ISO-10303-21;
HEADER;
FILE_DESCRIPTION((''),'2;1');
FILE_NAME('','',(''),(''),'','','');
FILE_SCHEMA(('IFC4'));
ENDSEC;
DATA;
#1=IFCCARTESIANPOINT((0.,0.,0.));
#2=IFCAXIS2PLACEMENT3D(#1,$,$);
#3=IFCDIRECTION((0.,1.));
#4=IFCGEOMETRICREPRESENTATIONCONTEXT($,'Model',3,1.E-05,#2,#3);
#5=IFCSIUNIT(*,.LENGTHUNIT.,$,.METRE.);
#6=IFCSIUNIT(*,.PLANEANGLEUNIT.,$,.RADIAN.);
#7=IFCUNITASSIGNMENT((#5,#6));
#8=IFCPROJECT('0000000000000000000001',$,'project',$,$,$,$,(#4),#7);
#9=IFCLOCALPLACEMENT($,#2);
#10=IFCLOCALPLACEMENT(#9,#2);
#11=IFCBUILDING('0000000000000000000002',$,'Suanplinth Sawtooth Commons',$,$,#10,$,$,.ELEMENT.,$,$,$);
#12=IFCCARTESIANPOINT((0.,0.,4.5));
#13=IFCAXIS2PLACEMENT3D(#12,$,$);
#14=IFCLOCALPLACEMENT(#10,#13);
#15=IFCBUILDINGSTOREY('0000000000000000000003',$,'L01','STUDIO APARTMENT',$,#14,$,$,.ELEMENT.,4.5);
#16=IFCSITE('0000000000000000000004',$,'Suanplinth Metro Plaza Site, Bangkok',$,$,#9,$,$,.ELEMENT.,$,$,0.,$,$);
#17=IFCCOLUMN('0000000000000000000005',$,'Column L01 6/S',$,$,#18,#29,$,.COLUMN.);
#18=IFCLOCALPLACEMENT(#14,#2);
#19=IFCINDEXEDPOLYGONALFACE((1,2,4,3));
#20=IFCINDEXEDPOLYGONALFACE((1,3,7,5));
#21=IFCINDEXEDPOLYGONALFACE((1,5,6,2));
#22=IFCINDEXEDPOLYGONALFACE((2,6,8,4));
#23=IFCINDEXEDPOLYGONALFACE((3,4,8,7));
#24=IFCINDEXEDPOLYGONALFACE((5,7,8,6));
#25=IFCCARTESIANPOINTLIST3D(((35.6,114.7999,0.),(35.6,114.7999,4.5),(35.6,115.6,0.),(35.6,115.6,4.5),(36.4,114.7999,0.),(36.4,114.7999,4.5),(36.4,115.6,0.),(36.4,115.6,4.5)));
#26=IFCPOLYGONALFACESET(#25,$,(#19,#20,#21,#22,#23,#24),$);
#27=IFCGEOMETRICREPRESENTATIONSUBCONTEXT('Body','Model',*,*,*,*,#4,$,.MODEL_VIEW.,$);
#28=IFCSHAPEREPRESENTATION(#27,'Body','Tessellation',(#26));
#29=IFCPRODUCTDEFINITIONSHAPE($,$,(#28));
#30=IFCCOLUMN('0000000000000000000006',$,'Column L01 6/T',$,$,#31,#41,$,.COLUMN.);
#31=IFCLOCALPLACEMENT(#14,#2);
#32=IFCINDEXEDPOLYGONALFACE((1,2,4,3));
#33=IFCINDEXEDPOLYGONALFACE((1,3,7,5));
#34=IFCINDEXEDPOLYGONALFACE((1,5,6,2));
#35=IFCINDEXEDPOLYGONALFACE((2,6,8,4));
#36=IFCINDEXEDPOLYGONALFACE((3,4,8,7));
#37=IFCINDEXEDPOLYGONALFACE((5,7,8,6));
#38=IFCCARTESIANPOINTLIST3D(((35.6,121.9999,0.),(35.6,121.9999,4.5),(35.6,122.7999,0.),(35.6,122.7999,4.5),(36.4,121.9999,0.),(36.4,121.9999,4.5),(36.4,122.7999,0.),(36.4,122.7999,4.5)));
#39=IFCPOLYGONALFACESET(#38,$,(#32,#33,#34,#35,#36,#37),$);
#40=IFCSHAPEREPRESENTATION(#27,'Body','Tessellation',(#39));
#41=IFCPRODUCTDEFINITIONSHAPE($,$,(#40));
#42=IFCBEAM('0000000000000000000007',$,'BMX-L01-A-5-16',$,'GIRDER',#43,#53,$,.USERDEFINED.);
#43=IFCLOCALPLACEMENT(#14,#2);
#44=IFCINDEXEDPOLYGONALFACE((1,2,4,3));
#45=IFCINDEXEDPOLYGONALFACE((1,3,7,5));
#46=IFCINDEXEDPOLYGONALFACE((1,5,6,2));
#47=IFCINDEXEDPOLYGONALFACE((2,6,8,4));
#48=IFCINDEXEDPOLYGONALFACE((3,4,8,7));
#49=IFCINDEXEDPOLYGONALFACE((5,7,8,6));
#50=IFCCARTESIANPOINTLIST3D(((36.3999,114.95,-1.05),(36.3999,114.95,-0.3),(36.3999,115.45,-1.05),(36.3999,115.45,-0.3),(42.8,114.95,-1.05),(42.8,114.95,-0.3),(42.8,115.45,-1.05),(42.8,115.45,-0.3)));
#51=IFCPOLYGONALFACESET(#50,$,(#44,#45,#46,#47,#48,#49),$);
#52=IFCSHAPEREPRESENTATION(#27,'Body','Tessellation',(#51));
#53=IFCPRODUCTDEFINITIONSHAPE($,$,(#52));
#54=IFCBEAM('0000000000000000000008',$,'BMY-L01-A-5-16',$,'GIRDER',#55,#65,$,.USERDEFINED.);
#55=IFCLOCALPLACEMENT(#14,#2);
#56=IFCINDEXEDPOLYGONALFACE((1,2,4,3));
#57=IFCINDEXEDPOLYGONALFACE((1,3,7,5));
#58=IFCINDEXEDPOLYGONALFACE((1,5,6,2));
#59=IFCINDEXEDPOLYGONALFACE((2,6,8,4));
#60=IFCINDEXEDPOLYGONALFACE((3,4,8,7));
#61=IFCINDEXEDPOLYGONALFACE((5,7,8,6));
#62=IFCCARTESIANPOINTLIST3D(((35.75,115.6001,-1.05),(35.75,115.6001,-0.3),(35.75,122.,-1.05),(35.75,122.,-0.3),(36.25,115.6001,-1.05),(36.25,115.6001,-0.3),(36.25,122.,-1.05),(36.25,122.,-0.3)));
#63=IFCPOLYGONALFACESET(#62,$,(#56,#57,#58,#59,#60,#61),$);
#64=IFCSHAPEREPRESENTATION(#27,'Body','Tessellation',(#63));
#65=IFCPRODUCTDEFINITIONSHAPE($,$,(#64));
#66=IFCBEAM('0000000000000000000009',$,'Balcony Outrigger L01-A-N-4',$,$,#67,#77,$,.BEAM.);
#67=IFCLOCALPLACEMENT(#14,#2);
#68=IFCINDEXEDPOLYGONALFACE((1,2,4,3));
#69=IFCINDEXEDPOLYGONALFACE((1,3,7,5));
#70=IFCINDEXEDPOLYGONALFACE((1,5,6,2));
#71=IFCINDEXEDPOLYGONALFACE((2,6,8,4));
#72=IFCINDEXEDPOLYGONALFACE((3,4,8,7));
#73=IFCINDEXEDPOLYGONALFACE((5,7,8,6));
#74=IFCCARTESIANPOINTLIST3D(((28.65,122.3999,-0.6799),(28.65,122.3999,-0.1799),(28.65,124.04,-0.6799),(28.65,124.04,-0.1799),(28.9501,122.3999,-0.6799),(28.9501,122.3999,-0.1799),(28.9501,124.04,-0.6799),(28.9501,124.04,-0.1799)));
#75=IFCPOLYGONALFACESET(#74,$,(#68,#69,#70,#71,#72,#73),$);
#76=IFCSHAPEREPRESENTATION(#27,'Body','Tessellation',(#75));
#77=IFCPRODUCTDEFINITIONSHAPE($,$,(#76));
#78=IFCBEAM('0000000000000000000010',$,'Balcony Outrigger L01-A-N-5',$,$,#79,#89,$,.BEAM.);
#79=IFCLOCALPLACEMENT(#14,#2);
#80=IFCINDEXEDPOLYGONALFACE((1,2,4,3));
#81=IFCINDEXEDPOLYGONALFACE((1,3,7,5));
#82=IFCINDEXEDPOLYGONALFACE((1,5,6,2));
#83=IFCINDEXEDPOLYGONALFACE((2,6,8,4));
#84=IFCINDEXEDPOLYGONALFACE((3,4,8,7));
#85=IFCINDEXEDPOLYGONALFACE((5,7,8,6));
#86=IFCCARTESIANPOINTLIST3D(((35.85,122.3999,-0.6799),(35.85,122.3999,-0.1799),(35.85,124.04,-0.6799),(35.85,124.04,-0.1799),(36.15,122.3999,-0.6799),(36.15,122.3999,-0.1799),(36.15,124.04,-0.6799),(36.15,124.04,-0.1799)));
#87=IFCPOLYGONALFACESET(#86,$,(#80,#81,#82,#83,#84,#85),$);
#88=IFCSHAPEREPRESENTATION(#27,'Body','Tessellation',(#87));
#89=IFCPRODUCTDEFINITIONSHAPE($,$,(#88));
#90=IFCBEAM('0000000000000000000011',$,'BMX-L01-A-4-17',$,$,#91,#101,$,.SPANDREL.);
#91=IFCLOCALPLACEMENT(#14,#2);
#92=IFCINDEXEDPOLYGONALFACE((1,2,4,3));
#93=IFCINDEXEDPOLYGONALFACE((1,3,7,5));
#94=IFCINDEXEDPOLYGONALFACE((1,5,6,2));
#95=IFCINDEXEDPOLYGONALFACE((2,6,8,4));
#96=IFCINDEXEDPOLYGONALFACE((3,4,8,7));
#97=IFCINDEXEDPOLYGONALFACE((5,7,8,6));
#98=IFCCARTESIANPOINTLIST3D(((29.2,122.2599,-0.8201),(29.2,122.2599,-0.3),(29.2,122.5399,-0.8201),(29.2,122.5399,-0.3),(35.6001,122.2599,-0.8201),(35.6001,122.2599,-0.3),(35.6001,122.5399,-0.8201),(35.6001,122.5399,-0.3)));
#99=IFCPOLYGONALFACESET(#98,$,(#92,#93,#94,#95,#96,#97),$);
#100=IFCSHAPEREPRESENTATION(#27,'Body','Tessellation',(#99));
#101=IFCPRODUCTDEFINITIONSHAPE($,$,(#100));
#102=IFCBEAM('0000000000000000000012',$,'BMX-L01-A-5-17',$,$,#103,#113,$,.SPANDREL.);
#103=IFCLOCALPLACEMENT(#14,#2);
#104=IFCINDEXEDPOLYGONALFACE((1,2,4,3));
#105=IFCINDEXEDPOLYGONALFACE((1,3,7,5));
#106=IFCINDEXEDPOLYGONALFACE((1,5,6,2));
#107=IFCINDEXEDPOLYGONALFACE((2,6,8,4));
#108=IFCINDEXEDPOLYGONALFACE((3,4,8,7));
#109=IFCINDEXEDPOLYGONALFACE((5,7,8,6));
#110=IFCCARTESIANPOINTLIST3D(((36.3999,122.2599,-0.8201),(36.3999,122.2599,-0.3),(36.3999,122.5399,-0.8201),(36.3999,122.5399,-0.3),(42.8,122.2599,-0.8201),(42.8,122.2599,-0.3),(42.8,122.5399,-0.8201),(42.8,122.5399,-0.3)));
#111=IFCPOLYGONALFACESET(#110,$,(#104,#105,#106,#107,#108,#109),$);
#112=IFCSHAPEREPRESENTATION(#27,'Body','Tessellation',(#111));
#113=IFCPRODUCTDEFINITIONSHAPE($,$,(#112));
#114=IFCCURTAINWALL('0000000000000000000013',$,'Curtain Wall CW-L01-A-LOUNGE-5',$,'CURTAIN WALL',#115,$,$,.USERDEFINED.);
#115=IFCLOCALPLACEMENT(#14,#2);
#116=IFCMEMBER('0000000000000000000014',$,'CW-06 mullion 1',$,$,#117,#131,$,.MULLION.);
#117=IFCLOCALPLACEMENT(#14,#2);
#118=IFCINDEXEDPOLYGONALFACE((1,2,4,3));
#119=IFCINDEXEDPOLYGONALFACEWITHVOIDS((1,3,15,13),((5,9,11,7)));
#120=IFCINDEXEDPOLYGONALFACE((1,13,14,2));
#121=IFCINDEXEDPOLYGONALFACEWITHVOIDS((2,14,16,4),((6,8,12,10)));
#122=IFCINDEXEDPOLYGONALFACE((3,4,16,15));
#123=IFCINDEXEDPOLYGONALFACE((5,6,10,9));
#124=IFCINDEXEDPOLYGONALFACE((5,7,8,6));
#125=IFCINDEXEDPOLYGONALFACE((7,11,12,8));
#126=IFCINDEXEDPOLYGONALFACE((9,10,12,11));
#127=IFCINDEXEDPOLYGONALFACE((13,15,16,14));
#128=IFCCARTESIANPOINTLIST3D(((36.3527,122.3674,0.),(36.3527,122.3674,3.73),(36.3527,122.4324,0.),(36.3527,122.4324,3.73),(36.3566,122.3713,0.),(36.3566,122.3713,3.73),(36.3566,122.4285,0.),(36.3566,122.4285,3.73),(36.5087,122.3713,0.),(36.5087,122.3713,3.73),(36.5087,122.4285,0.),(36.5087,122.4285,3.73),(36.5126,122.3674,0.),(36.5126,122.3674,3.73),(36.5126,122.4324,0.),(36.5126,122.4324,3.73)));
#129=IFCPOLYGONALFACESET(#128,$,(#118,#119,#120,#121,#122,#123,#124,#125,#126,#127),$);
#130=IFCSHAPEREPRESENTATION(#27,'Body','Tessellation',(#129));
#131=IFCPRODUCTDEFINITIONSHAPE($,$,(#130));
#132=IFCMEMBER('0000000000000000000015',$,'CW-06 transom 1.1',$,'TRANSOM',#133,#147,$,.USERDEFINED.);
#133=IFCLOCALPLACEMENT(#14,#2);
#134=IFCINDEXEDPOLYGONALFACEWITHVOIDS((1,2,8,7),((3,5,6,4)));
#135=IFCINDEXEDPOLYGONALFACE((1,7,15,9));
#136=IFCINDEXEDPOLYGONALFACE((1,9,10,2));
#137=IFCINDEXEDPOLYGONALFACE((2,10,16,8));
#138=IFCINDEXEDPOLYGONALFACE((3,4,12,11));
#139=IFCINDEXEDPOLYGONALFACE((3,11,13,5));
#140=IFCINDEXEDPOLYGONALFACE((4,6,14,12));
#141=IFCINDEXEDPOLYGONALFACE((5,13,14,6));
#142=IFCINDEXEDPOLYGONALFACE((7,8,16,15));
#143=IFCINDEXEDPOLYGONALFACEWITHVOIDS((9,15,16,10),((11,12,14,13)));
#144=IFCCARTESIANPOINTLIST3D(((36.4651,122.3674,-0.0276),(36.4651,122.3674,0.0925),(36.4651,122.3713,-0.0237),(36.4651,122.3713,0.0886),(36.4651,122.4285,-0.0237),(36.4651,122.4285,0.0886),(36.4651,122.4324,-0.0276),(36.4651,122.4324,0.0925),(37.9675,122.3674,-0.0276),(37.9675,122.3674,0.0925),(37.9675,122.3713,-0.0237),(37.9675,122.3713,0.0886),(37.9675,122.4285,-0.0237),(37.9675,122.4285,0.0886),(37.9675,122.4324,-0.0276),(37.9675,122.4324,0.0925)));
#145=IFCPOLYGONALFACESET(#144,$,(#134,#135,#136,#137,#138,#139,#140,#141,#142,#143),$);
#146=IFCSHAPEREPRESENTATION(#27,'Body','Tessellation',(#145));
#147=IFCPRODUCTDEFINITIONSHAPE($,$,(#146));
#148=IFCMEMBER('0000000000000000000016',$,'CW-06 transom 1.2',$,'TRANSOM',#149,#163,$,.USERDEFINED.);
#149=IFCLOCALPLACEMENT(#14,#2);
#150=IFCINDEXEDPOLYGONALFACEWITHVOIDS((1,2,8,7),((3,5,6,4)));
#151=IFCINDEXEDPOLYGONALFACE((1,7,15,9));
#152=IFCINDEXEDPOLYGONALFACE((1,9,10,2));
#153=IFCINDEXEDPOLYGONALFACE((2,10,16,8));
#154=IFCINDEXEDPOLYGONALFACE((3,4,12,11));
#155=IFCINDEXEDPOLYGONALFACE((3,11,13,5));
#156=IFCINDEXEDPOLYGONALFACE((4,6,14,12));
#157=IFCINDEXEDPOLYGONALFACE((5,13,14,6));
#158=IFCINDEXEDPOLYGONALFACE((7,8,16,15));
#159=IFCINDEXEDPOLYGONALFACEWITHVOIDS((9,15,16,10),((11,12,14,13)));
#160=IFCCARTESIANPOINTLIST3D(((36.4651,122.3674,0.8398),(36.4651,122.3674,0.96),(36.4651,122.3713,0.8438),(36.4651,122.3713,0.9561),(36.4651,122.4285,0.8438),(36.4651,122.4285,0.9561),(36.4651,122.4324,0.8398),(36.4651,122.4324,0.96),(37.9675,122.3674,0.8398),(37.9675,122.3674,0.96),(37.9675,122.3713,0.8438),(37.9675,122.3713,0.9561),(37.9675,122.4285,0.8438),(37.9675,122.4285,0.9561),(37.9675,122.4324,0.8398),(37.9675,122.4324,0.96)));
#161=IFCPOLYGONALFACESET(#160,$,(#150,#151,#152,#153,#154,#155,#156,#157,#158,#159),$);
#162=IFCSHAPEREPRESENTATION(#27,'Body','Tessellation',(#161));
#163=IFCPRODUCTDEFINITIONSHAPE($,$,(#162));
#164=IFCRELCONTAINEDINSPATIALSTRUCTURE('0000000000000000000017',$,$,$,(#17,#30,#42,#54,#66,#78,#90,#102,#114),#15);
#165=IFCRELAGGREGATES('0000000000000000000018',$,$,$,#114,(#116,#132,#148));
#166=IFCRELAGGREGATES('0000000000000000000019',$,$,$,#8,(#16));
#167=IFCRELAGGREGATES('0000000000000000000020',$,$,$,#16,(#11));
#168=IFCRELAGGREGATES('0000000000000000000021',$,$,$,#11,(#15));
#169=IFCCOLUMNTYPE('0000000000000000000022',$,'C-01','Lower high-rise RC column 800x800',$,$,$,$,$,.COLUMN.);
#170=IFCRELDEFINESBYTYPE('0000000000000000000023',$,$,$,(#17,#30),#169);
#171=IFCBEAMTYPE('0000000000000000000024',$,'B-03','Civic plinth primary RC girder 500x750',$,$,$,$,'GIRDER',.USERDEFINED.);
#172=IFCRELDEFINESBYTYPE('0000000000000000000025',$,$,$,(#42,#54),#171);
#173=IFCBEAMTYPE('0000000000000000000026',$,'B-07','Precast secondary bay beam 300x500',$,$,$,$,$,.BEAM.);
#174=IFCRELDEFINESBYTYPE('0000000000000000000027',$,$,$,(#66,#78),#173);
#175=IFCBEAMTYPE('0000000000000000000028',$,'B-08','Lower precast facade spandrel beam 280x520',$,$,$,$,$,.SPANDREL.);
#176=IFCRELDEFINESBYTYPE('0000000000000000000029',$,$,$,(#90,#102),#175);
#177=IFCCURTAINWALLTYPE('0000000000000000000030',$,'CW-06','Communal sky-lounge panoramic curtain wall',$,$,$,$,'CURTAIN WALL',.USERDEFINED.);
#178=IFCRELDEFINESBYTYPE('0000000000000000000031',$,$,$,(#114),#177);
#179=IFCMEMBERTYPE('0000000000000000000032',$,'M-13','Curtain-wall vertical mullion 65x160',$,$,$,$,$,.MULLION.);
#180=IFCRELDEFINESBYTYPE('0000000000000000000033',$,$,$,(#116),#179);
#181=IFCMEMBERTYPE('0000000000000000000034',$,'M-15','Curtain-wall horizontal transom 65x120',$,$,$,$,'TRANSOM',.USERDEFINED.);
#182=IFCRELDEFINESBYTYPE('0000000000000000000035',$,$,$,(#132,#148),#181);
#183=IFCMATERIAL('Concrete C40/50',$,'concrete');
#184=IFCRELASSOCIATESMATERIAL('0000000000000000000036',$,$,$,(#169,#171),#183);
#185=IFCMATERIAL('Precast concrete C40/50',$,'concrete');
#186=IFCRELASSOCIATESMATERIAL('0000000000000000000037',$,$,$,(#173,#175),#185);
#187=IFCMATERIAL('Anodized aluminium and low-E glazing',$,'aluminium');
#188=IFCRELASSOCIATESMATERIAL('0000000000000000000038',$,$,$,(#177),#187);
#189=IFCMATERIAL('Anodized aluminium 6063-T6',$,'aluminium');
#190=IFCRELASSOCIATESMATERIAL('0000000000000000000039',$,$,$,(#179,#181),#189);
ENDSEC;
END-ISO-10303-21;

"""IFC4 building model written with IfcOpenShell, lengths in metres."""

from ifc_helpers import new_model, si_unit, direction, frame, origin, origin_2d, place, context, subcontext, project, spatial, rectangle, hollow_rectangle, extrude, material, material_profile, profile_set, type_object, element, aggregate, save


model = new_model("IFC4")

# Units and contexts
model_context = context("Model", 3, precision=1e-05, world=origin(), true_north=direction((0.0, 1.0)))
body_context = subcontext(model_context, "Body", "Model", "MODEL_VIEW")
ifc_project = project(units=[si_unit("LENGTHUNIT", "METRE"), si_unit("PLANEANGLEUNIT", "RADIAN")], contexts=[model_context])

# Site, building, storey
site_placement = place(None, origin())
site = spatial("IfcSite", under=ifc_project, at=site_placement, Name="Suanplinth Metro Plaza Site, Bangkok", CompositionType="ELEMENT", RefElevation=0.0)
building_placement = place(site_placement, origin())
building = spatial("IfcBuilding", under=site, at=building_placement, Name="Suanplinth Sawtooth Commons", CompositionType="ELEMENT")
storey_placement = place(building_placement, frame((0.0, 0.0, 4.5)))
storey = spatial("IfcBuildingStorey", under=building, at=storey_placement, Name="L01", Description="STUDIO APARTMENT", CompositionType="ELEMENT", Elevation=4.5)

# Columns
ifc_material_1 = material(Name="Concrete C40/50", Category="concrete")
ifc_material_profile_1 = material_profile(ifc_material_1, rectangle(XDim=0.8, YDim=0.8, at=origin_2d()), Name="RC-COL 800x800")
ifc_profile_set_1 = profile_set([ifc_material_profile_1], Name="Concrete C40/50")
column_type = type_object("IfcColumnType", Name="C-01", Description="Lower high-rise RC column 800x800", PredefinedType="COLUMN", material=ifc_profile_set_1)
for number, where, z_axis, x_axis, name in (
    (1, (36.0, 115.2, 0.0), (0.0, 0.0, 1.0), (1.0, 0.0, 0.0), "Column L01 6/S"),
    (2, (36.0, 122.3999, 0.0), (0.0, 0.0, 1.0), (1.0, 0.0, 0.0), "Column L01 6/T"),
):
    element("IfcColumn", number, at=place(storey_placement, frame(where, z_axis=z_axis, x_axis=x_axis)), inside=storey, type_object=column_type, Name=name, PredefinedType="COLUMN", context=body_context, shape_type="SweptSolid", body=[
        extrude(rectangle(XDim=0.8, YDim=0.8, at=origin_2d()), origin(), (0.0, 0.0, 1.0), 4.5),
    ])

# Beams
ifc_material_profile_2 = material_profile(ifc_material_1, rectangle(XDim=0.5, YDim=0.75, at=origin_2d()), Name="RC-GDR 500x750")
ifc_profile_set_2 = profile_set([ifc_material_profile_2], Name="Concrete C40/50")
beam_type_1 = type_object("IfcBeamType", Name="B-03", Description="Civic plinth primary RC girder 500x750", ElementType="GIRDER", PredefinedType="USERDEFINED", material=ifc_profile_set_2)
beam_1_placement = place(storey_placement, frame((36.3999, 115.2, -0.675), z_axis=(1.0, 0.0, 0.0), x_axis=(0.0, 1.0, 0.0)))
element("IfcBeam", 3, at=beam_1_placement, inside=storey, type_object=beam_type_1, Name="BMX-L01-A-5-16", ObjectType="GIRDER", PredefinedType="USERDEFINED", context=body_context, shape_type="SweptSolid", body=[
    extrude(rectangle(XDim=0.5, YDim=0.75, at=origin_2d()), origin(), (0.0, 0.0, 1.0), 6.4001),
])
beam_2_placement = place(storey_placement, frame((36.0, 115.6001, -0.675), z_axis=(0.0, 1.0, 0.0), x_axis=(-1.0, 0.0, 0.0)))
element("IfcBeam", 4, at=beam_2_placement, inside=storey, type_object=beam_type_1, Name="BMY-L01-A-5-16", ObjectType="GIRDER", PredefinedType="USERDEFINED", context=body_context, shape_type="SweptSolid", body=[
    extrude(rectangle(XDim=0.5, YDim=0.75, at=origin_2d()), origin(), (0.0, 0.0, 1.0), 6.3999),
])
ifc_material_2 = material(Name="Precast concrete C40/50", Category="concrete")
ifc_material_profile_3 = material_profile(ifc_material_2, rectangle(XDim=0.3, YDim=0.5, at=origin_2d()), Name="PC-BM 300x500")
ifc_profile_set_3 = profile_set([ifc_material_profile_3], Name="Precast concrete C40/50")
beam_type_2 = type_object("IfcBeamType", Name="B-07", Description="Precast secondary bay beam 300x500", PredefinedType="BEAM", material=ifc_profile_set_3)
for number, where, z_axis, x_axis, name in (
    (5, (28.8, 122.3999, -0.4299), (0.0, 1.0, 0.0), (-1.0, 0.0, 0.0), "Balcony Outrigger L01-A-N-4"),
    (6, (36.0, 122.3999, -0.4299), (0.0, 1.0, 0.0), (-1.0, 0.0, 0.0), "Balcony Outrigger L01-A-N-5"),
):
    element("IfcBeam", number, at=place(storey_placement, frame(where, z_axis=z_axis, x_axis=x_axis)), inside=storey, type_object=beam_type_2, Name=name, PredefinedType="BEAM", context=body_context, shape_type="SweptSolid", body=[
        extrude(rectangle(XDim=0.3, YDim=0.5, at=origin_2d()), origin(), (0.0, 0.0, 1.0), 1.6401),
    ])
ifc_material_profile_4 = material_profile(ifc_material_2, rectangle(XDim=0.28, YDim=0.52, at=origin_2d()), Name="PC-SP 280x520")
ifc_profile_set_4 = profile_set([ifc_material_profile_4], Name="Precast concrete C40/50")
beam_type_3 = type_object("IfcBeamType", Name="B-08", Description="Lower precast facade spandrel beam 280x520", PredefinedType="SPANDREL", material=ifc_profile_set_4)
for number, where, z_axis, x_axis, name in (
    (7, (29.2, 122.3999, -0.5601), (1.0, 0.0, 0.0), (0.0, 1.0, 0.0), "BMX-L01-A-4-17"),
    (8, (36.3999, 122.3999, -0.5601), (1.0, 0.0, 0.0), (0.0, 1.0, 0.0), "BMX-L01-A-5-17"),
):
    element("IfcBeam", number, at=place(storey_placement, frame(where, z_axis=z_axis, x_axis=x_axis)), inside=storey, type_object=beam_type_3, Name=name, PredefinedType="SPANDREL", context=body_context, shape_type="SweptSolid", body=[
        extrude(rectangle(XDim=0.28, YDim=0.52, at=origin_2d()), origin(), (0.0, 0.0, 1.0), 6.4001),
    ])

# Curtain wall, members
ifc_material_3 = material(Name="Anodized aluminium and low-E glazing", Category="aluminium")
curtain_wall_type = type_object("IfcCurtainWallType", Name="CW-06", Description="Communal sky-lounge panoramic curtain wall", ElementType="CURTAIN WALL", PredefinedType="USERDEFINED", material=ifc_material_3)
curtain_wall_placement = place(storey_placement, origin())
curtain_wall = element("IfcCurtainWall", 9, at=curtain_wall_placement, inside=storey, type_object=curtain_wall_type, Name="Curtain Wall CW-L01-A-LOUNGE-5", ObjectType="CURTAIN WALL", PredefinedType="USERDEFINED")
ifc_material_4 = material(Name="Anodized aluminium 6063-T6", Category="aluminium")
ifc_material_profile_5 = material_profile(ifc_material_4, hollow_rectangle(XDim=0.0649, YDim=0.1599, WallThickness=0.0039, at=origin_2d()), Name="ALU-MUL 65x160")
ifc_profile_set_5 = profile_set([ifc_material_profile_5], Name="Anodized aluminium 6063-T6")
member_type_1 = type_object("IfcMemberType", Name="M-13", Description="Curtain-wall vertical mullion 65x160", PredefinedType="MULLION", material=ifc_profile_set_5)
member_1_placement = place(storey_placement, frame((36.4326, 122.3999, 0.0), z_axis=(0.0, 0.0, 1.0), x_axis=(0.0, 1.0, 0.0)))
member_1 = element("IfcMember", 10, at=member_1_placement, type_object=member_type_1, Name="CW-06 mullion 1", PredefinedType="MULLION", context=body_context, shape_type="SweptSolid", body=[
    extrude(hollow_rectangle(XDim=0.0649, YDim=0.1599, WallThickness=0.0039, at=origin_2d()), origin(), (0.0, 0.0, 1.0), 3.73),
])
ifc_material_profile_6 = material_profile(ifc_material_4, hollow_rectangle(XDim=0.0649, YDim=0.1201, WallThickness=0.0039, at=origin_2d()), Name="ALU-TRN 65x120")
ifc_profile_set_6 = profile_set([ifc_material_profile_6], Name="Anodized aluminium 6063-T6")
member_type_2 = type_object("IfcMemberType", Name="M-15", Description="Curtain-wall horizontal transom 65x120", ElementType="TRANSOM", PredefinedType="USERDEFINED", material=ifc_profile_set_6)
member_2_placement = place(storey_placement, frame((36.4651, 122.3999, 0.0325), z_axis=(1.0, 0.0, 0.0), x_axis=(0.0, 1.0, 0.0)))
member_2 = element("IfcMember", 11, at=member_2_placement, type_object=member_type_2, Name="CW-06 transom 1.1", ObjectType="TRANSOM", PredefinedType="USERDEFINED", context=body_context, shape_type="SweptSolid", body=[
    extrude(hollow_rectangle(XDim=0.0649, YDim=0.1201, WallThickness=0.0039, at=origin_2d()), origin(), (0.0, 0.0, 1.0), 1.5024),
])
member_3_placement = place(storey_placement, frame((36.4651, 122.3999, 0.8999), z_axis=(1.0, 0.0, 0.0), x_axis=(0.0, 1.0, 0.0)))
member_3 = element("IfcMember", 12, at=member_3_placement, type_object=member_type_2, Name="CW-06 transom 1.2", ObjectType="TRANSOM", PredefinedType="USERDEFINED", context=body_context, shape_type="SweptSolid", body=[
    extrude(hollow_rectangle(XDim=0.0649, YDim=0.1201, WallThickness=0.0039, at=origin_2d()), origin(), (0.0, 0.0, 1.0), 1.5024),
])
aggregate(curtain_wall, [member_1, member_2, member_3])

save(model, "model.ifc")
